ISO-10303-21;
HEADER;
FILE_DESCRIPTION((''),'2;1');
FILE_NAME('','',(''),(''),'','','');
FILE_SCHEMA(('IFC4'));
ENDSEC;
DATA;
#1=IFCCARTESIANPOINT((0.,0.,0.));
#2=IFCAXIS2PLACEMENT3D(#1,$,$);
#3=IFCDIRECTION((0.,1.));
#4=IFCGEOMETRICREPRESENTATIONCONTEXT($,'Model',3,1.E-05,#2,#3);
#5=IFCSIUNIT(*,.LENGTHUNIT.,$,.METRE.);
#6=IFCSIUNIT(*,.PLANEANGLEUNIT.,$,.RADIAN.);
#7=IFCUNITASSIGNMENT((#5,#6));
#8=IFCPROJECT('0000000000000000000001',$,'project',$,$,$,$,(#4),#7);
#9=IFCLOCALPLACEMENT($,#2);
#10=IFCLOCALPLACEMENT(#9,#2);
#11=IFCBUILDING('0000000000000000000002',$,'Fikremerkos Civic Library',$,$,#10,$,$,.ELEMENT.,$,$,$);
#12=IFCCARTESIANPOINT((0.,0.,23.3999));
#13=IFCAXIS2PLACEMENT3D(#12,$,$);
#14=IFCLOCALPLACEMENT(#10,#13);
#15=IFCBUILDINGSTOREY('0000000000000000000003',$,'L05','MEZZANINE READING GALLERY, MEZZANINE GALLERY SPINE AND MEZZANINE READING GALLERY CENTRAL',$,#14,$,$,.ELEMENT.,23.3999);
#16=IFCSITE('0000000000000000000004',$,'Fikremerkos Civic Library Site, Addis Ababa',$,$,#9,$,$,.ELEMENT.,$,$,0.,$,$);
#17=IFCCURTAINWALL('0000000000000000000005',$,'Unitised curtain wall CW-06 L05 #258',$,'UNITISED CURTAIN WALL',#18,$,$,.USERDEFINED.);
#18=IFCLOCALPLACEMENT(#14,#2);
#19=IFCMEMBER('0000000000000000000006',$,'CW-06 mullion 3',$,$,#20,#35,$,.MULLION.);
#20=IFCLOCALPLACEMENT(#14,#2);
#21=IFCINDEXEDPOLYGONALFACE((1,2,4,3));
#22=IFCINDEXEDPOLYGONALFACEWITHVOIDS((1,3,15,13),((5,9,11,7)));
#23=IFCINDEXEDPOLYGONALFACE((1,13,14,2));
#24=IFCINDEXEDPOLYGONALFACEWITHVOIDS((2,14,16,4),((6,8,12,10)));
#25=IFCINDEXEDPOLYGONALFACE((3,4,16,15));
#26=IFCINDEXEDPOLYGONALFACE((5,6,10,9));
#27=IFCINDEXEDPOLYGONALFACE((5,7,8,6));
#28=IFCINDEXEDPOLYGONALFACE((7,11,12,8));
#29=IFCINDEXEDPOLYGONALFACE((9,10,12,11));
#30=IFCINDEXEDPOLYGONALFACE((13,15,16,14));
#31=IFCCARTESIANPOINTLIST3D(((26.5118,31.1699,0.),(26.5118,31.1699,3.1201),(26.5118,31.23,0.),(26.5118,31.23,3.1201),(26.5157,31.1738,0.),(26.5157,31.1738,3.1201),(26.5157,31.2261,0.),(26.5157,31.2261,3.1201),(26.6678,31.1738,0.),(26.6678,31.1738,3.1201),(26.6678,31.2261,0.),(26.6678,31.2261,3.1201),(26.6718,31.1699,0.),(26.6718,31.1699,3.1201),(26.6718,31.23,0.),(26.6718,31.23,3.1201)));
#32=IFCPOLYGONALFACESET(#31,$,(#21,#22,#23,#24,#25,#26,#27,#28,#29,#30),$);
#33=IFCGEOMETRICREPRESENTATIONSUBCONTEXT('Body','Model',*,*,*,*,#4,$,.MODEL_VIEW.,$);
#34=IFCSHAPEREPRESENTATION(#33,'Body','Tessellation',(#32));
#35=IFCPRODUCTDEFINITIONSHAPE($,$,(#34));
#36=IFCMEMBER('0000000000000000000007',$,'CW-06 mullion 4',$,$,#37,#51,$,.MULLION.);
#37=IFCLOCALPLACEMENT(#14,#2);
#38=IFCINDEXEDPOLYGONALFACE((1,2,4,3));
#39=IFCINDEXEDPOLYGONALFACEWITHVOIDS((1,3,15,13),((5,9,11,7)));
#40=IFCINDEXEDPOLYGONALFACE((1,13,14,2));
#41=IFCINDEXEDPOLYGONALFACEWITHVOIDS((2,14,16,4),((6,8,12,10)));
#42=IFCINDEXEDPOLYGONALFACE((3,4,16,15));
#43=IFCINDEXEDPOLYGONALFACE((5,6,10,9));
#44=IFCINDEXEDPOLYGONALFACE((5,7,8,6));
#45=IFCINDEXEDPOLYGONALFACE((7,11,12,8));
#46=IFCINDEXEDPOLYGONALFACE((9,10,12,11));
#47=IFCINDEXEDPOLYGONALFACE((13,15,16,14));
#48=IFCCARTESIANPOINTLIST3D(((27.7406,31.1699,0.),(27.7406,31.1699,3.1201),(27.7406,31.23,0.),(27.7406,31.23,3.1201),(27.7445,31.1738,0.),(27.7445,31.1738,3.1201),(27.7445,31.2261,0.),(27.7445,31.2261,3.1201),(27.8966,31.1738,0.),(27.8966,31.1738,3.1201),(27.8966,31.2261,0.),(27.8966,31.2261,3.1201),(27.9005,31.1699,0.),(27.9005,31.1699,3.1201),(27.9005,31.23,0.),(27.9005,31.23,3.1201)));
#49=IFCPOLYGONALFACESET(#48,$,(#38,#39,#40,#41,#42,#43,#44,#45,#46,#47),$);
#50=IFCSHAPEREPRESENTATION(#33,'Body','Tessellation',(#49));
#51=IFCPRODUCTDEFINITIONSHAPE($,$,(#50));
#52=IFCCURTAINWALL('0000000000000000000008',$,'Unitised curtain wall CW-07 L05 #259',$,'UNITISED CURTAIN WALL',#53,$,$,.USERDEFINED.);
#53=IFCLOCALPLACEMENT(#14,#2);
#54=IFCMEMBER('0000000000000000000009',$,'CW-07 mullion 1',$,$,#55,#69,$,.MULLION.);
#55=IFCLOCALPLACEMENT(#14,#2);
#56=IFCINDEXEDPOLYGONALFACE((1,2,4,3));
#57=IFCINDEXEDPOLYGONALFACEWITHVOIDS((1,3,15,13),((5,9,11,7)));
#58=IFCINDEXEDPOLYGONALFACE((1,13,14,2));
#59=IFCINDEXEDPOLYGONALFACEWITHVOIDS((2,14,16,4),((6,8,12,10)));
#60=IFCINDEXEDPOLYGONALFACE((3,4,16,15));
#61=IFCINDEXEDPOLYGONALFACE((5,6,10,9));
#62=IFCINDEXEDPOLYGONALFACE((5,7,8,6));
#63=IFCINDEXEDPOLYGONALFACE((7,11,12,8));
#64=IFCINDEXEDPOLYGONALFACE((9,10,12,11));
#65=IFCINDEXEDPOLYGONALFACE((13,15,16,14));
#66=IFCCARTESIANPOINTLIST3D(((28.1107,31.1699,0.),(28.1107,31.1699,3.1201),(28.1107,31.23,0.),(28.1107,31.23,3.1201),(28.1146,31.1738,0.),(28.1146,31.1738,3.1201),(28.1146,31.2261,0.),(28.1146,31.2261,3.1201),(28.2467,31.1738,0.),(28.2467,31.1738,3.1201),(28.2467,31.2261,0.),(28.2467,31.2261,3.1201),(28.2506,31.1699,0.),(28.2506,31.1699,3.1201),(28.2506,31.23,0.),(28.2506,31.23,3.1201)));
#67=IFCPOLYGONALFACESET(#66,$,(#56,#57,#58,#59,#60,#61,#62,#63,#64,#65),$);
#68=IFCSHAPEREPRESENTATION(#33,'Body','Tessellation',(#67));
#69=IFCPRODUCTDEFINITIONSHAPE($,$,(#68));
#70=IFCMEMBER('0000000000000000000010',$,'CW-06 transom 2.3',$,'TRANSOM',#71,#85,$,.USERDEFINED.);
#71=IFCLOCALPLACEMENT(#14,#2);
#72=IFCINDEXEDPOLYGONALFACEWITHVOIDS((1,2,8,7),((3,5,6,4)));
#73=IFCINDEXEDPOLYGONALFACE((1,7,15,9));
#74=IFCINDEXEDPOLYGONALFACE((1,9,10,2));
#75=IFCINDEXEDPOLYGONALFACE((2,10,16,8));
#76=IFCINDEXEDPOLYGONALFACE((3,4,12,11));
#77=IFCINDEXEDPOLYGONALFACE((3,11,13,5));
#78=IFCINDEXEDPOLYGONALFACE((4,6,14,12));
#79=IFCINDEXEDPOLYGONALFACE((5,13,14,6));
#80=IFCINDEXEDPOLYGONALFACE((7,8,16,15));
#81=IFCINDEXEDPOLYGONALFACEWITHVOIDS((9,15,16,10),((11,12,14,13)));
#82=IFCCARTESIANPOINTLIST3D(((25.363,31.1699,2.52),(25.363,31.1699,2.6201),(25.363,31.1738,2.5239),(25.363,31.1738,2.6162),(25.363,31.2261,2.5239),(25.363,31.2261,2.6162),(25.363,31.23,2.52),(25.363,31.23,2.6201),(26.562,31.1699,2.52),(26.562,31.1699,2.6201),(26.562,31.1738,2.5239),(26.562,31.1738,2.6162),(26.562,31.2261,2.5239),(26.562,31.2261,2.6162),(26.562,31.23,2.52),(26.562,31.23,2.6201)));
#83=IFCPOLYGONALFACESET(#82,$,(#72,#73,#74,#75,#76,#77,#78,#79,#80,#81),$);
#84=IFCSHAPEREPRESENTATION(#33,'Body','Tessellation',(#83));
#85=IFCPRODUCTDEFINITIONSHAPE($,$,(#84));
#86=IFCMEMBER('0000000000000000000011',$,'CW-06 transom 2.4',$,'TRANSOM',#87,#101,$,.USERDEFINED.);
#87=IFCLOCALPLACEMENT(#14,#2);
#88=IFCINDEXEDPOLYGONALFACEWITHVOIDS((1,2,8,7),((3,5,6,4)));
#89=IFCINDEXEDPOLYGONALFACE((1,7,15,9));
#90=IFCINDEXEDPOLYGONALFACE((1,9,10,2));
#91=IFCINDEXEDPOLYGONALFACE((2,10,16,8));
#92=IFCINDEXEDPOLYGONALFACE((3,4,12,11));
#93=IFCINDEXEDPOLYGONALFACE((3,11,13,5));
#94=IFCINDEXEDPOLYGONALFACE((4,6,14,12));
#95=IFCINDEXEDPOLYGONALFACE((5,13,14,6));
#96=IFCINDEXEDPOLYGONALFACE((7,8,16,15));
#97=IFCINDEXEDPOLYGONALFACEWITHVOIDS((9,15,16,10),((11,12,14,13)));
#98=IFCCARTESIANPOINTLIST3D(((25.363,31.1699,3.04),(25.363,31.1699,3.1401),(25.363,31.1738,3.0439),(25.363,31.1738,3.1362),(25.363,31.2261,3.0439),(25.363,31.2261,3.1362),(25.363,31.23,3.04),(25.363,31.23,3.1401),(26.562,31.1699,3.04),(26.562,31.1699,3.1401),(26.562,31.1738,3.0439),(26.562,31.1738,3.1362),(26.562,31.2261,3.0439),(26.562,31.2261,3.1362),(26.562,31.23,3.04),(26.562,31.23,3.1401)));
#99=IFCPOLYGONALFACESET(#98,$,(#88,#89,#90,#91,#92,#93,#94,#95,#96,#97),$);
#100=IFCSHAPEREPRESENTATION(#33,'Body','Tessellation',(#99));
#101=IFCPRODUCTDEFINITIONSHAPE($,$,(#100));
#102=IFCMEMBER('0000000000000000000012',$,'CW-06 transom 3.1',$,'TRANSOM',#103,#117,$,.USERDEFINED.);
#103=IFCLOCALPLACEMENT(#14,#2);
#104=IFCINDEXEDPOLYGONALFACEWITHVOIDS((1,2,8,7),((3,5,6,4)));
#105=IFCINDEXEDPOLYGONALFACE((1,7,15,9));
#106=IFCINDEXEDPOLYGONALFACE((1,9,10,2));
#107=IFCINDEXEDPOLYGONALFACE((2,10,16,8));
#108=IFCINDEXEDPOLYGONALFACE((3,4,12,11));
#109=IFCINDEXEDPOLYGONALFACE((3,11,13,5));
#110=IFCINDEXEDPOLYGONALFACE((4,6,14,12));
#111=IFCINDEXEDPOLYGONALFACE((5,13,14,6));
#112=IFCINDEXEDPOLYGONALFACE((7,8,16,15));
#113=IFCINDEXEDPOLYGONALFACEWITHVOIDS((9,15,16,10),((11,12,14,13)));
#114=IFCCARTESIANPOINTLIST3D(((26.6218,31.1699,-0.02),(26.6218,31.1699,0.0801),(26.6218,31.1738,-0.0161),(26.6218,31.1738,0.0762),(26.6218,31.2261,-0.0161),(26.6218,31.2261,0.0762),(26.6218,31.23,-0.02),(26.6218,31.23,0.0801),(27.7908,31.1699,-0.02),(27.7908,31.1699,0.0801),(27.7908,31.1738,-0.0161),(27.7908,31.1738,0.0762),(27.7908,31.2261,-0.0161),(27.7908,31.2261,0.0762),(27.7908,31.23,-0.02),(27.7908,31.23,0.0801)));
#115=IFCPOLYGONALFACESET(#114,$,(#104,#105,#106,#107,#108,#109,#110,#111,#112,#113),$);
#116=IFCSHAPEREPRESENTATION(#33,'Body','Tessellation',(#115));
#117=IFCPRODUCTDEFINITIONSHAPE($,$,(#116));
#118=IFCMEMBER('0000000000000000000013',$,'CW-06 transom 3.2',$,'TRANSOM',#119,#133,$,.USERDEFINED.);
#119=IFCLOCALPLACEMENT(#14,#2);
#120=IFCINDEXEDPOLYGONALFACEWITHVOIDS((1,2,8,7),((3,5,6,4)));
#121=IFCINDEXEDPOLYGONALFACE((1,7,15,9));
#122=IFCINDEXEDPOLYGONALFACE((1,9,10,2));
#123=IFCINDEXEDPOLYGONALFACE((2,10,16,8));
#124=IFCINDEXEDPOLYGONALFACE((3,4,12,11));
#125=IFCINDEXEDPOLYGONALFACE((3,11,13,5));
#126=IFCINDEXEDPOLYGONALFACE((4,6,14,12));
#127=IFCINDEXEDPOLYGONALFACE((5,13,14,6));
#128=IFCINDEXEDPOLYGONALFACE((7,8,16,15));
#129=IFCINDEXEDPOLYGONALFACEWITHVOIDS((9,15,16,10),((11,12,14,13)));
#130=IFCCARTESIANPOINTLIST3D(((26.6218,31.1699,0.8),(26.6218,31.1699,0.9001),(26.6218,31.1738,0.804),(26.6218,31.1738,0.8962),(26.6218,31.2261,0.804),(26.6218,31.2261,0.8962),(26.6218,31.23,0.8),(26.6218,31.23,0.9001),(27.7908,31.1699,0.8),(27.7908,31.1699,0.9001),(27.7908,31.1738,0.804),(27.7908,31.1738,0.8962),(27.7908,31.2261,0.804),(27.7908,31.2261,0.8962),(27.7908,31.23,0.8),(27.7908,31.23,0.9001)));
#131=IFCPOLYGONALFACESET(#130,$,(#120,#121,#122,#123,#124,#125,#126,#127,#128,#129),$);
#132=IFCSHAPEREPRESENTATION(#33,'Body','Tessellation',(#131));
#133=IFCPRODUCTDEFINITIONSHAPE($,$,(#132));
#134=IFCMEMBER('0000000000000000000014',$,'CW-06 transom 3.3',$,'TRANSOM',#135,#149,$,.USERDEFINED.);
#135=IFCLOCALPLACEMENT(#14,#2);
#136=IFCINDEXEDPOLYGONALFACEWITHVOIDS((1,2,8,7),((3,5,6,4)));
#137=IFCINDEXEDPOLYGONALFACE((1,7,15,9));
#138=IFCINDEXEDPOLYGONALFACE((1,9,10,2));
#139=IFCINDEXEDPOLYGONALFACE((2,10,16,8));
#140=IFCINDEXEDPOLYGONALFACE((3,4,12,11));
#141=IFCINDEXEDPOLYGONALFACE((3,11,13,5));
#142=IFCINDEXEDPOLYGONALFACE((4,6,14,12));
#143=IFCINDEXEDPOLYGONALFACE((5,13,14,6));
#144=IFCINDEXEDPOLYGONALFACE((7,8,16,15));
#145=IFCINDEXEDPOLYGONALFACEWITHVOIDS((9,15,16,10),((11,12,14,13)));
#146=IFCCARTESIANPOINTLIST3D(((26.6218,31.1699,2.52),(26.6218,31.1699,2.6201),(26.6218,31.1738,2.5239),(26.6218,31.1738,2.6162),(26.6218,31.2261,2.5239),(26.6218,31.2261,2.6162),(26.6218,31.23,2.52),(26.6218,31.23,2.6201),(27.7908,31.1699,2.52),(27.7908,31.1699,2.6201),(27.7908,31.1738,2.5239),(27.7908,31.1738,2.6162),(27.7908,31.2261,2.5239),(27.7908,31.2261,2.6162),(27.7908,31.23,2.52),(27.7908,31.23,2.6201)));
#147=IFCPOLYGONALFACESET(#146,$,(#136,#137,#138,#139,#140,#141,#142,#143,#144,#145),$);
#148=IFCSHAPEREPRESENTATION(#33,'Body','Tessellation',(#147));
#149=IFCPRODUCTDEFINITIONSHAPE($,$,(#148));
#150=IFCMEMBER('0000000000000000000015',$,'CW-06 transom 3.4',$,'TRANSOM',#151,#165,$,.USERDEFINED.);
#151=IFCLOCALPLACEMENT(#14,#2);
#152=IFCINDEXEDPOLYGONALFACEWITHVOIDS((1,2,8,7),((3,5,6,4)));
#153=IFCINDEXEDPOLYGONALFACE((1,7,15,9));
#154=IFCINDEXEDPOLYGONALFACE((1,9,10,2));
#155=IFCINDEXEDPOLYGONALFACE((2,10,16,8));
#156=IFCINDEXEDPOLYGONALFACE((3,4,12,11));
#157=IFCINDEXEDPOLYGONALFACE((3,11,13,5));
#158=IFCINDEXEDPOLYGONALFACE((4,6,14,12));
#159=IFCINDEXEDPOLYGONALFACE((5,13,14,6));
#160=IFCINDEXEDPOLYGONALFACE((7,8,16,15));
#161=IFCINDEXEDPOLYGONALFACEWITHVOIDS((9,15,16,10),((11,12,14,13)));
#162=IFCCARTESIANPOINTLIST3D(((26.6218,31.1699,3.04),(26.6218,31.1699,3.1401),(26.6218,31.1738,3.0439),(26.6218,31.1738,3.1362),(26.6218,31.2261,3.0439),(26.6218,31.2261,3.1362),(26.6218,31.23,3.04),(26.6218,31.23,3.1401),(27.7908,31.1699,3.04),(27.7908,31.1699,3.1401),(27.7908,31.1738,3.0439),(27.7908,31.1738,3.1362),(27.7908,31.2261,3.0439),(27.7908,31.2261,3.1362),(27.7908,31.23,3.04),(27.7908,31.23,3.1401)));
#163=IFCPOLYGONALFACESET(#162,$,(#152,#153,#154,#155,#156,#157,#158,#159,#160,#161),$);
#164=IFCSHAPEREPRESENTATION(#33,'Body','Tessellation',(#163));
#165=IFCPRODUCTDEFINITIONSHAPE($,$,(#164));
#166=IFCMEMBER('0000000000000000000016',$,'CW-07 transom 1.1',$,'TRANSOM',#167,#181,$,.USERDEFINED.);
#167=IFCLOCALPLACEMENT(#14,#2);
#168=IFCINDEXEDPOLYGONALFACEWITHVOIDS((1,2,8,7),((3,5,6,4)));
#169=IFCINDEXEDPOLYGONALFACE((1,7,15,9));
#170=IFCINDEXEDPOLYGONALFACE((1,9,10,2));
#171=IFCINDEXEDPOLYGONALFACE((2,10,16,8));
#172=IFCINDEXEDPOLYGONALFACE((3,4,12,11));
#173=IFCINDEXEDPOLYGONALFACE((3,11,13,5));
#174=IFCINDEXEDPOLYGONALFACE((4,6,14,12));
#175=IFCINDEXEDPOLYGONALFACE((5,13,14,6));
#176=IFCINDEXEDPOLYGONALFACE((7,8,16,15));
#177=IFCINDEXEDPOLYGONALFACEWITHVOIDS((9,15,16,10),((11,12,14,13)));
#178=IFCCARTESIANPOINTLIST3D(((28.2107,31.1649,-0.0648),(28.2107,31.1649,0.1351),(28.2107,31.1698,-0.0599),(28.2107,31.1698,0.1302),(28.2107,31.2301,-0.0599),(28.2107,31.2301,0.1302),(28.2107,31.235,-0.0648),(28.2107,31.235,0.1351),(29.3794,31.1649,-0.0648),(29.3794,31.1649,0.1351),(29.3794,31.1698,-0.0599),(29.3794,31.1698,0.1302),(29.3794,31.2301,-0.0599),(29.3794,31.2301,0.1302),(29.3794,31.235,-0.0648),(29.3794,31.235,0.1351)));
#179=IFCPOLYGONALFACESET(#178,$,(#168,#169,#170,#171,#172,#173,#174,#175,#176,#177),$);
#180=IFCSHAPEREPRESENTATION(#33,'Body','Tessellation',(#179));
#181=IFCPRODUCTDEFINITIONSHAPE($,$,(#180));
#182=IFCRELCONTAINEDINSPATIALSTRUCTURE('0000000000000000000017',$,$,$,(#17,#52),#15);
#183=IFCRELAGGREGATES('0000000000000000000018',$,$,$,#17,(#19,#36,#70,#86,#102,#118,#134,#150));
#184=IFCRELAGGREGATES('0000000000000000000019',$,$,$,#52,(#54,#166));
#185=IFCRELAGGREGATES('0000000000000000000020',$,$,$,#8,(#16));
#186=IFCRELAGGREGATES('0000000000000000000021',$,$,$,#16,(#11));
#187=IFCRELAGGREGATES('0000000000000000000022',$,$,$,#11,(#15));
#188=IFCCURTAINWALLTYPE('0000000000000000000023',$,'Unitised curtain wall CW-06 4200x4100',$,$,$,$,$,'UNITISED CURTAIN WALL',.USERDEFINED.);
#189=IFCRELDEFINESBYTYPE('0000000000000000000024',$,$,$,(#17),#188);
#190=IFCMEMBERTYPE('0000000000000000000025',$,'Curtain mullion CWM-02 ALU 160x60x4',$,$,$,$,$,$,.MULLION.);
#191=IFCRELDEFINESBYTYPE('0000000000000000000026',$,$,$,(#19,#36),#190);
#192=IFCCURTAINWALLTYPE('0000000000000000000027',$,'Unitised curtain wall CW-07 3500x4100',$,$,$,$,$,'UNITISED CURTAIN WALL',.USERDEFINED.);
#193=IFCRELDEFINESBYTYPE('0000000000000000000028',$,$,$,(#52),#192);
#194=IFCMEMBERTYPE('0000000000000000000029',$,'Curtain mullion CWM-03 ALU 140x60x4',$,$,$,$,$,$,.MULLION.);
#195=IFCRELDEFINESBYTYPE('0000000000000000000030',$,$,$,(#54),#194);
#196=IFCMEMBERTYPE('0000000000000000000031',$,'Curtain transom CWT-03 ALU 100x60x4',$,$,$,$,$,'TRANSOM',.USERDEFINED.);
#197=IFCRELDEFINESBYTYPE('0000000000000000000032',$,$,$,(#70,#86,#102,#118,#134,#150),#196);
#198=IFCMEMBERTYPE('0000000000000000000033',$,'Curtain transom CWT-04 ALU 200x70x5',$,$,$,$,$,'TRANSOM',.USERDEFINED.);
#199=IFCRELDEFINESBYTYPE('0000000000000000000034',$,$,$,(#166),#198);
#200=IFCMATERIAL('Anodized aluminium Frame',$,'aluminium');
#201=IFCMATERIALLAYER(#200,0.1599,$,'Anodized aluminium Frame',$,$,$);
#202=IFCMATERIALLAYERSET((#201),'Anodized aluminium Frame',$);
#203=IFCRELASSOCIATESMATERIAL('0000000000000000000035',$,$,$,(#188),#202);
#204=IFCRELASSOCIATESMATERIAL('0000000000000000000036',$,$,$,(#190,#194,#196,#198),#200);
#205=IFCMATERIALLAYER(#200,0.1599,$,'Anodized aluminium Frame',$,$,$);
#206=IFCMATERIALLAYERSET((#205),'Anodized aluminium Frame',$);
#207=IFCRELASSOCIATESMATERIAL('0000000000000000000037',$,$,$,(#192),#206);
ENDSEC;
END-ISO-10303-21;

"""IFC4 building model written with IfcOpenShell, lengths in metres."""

from ifc_helpers import new_model, si_unit, direction, frame, origin, origin_2d, place, context, subcontext, project, spatial, hollow_rectangle, extrude, material, layer, layer_set, material_profile, profile_set, type_object, element, aggregate, save


model = new_model("IFC4")

# Units and contexts
model_context = context("Model", 3, precision=1e-05, world=origin(), true_north=direction((0.0, 1.0)))
body_context = subcontext(model_context, "Body", "Model", "MODEL_VIEW")
ifc_project = project(units=[si_unit("LENGTHUNIT", "METRE"), si_unit("PLANEANGLEUNIT", "RADIAN")], contexts=[model_context])

# Site, building, storey
site_placement = place(None, origin())
site = spatial("IfcSite", under=ifc_project, at=site_placement, Name="Fikremerkos Civic Library Site, Addis Ababa", CompositionType="ELEMENT", RefElevation=0.0)
building_placement = place(site_placement, origin())
building = spatial("IfcBuilding", under=site, at=building_placement, Name="Fikremerkos Civic Library", CompositionType="ELEMENT")
storey_placement = place(building_placement, frame((0.0, 0.0, 23.3999)))
storey = spatial("IfcBuildingStorey", under=building, at=storey_placement, Name="L05", Description="MEZZANINE READING GALLERY, MEZZANINE GALLERY SPINE AND MEZZANINE READING GALLERY CENTRAL", CompositionType="ELEMENT", Elevation=23.3999)

# Curtain wall, members
ifc_material_1 = material(Name="Anodized aluminium Frame", Category="aluminium")
ifc_layer_1 = layer(ifc_material_1, 0.1599, Name="Anodized aluminium Frame")
ifc_layer_set_1 = layer_set([ifc_layer_1], Name="Anodized aluminium Frame")
curtain_wall_type_1 = type_object("IfcCurtainWallType", Name="Unitised curtain wall CW-06 4200x4100", ElementType="UNITISED CURTAIN WALL", PredefinedType="USERDEFINED", material=ifc_layer_set_1)
curtain_wall_1_placement = place(storey_placement, origin())
curtain_wall_1 = element("IfcCurtainWall", 1, at=curtain_wall_1_placement, inside=storey, type_object=curtain_wall_type_1, Name="Unitised curtain wall CW-06 L05 #258", ObjectType="UNITISED CURTAIN WALL", PredefinedType="USERDEFINED")
ifc_material_profile_1 = material_profile(ifc_material_1, hollow_rectangle(XDim=0.0601, YDim=0.1599, WallThickness=0.0039, at=origin_2d()), Name="ALU 160x60x4")
ifc_profile_set_1 = profile_set([ifc_material_profile_1], Name="Anodized aluminium Frame")
member_type_1 = type_object("IfcMemberType", Name="Curtain mullion CWM-02 ALU 160x60x4", PredefinedType="MULLION", material=ifc_profile_set_1)
member_1_placement = place(storey_placement, frame((26.5918, 31.2, 0.0), z_axis=(0.0, 0.0, 1.0), x_axis=(0.0, 1.0, 0.0)))
member_1 = element("IfcMember", 2, at=member_1_placement, type_object=member_type_1, Name="CW-06 mullion 3", PredefinedType="MULLION", context=body_context, shape_type="SweptSolid", body=[
    extrude(hollow_rectangle(XDim=0.0601, YDim=0.1599, WallThickness=0.0039, at=origin_2d()), origin(), (0.0, 0.0, 1.0), 3.1201),
])
member_2_placement = place(storey_placement, frame((27.8206, 31.2, 0.0), z_axis=(0.0, 0.0, 1.0), x_axis=(0.0, 1.0, 0.0)))
member_2 = element("IfcMember", 3, at=member_2_placement, type_object=member_type_1, Name="CW-06 mullion 4", PredefinedType="MULLION", context=body_context, shape_type="SweptSolid", body=[
    extrude(hollow_rectangle(XDim=0.0601, YDim=0.1599, WallThickness=0.0039, at=origin_2d()), origin(), (0.0, 0.0, 1.0), 3.1201),
])

# Curtain wall, member
ifc_layer_2 = layer(ifc_material_1, 0.1599, Name="Anodized aluminium Frame")
ifc_layer_set_2 = layer_set([ifc_layer_2], Name="Anodized aluminium Frame")
curtain_wall_type_2 = type_object("IfcCurtainWallType", Name="Unitised curtain wall CW-07 3500x4100", ElementType="UNITISED CURTAIN WALL", PredefinedType="USERDEFINED", material=ifc_layer_set_2)
curtain_wall_2_placement = place(storey_placement, origin())
curtain_wall_2 = element("IfcCurtainWall", 4, at=curtain_wall_2_placement, inside=storey, type_object=curtain_wall_type_2, Name="Unitised curtain wall CW-07 L05 #259", ObjectType="UNITISED CURTAIN WALL", PredefinedType="USERDEFINED")
ifc_material_profile_2 = material_profile(ifc_material_1, hollow_rectangle(XDim=0.0601, YDim=0.1399, WallThickness=0.0039, at=origin_2d()), Name="ALU 140x60x4")
ifc_profile_set_2 = profile_set([ifc_material_profile_2], Name="Anodized aluminium Frame")
member_type_2 = type_object("IfcMemberType", Name="Curtain mullion CWM-03 ALU 140x60x4", PredefinedType="MULLION", material=ifc_profile_set_2)
member_3_placement = place(storey_placement, frame((28.1807, 31.2, 0.0), z_axis=(0.0, 0.0, 1.0), x_axis=(0.0, 1.0, 0.0)))
member_3 = element("IfcMember", 5, at=member_3_placement, type_object=member_type_2, Name="CW-07 mullion 1", PredefinedType="MULLION", context=body_context, shape_type="SweptSolid", body=[
    extrude(hollow_rectangle(XDim=0.0601, YDim=0.1399, WallThickness=0.0039, at=origin_2d()), origin(), (0.0, 0.0, 1.0), 3.1201),
])

# Members
ifc_material_profile_3 = material_profile(ifc_material_1, hollow_rectangle(XDim=0.0601, YDim=0.1001, WallThickness=0.0039, at=origin_2d()), Name="ALU 100x60x4")
ifc_profile_set_3 = profile_set([ifc_material_profile_3], Name="Anodized aluminium Frame")
member_type_3 = type_object("IfcMemberType", Name="Curtain transom CWT-03 ALU 100x60x4", ElementType="TRANSOM", PredefinedType="USERDEFINED", material=ifc_profile_set_3)
member_4_placement = place(storey_placement, frame((25.363, 31.2, 2.5701), z_axis=(1.0, 0.0, 0.0), x_axis=(0.0, 1.0, 0.0)))
member_4 = element("IfcMember", 6, at=member_4_placement, type_object=member_type_3, Name="CW-06 transom 2.3", ObjectType="TRANSOM", PredefinedType="USERDEFINED", context=body_context, shape_type="SweptSolid", body=[
    extrude(hollow_rectangle(XDim=0.0601, YDim=0.1001, WallThickness=0.0039, at=origin_2d()), origin(), (0.0, 0.0, 1.0), 1.199),
])
member_5_placement = place(storey_placement, frame((25.363, 31.2, 3.0901), z_axis=(1.0, 0.0, 0.0), x_axis=(0.0, 1.0, 0.0)))
member_5 = element("IfcMember", 7, at=member_5_placement, type_object=member_type_3, Name="CW-06 transom 2.4", ObjectType="TRANSOM", PredefinedType="USERDEFINED", context=body_context, shape_type="SweptSolid", body=[
    extrude(hollow_rectangle(XDim=0.0601, YDim=0.1001, WallThickness=0.0039, at=origin_2d()), origin(), (0.0, 0.0, 1.0), 1.199),
])
member_6_placement = place(storey_placement, frame((26.6218, 31.2, 0.03), z_axis=(1.0, 0.0, 0.0), x_axis=(0.0, 1.0, 0.0)))
member_6 = element("IfcMember", 8, at=member_6_placement, type_object=member_type_3, Name="CW-06 transom 3.1", ObjectType="TRANSOM", PredefinedType="USERDEFINED", context=body_context, shape_type="SweptSolid", body=[
    extrude(hollow_rectangle(XDim=0.0601, YDim=0.1001, WallThickness=0.0039, at=origin_2d()), origin(), (0.0, 0.0, 1.0), 1.1689),
])
member_7_placement = place(storey_placement, frame((26.6218, 31.2, 0.8501), z_axis=(1.0, 0.0, 0.0), x_axis=(0.0, 1.0, 0.0)))
member_7 = element("IfcMember", 9, at=member_7_placement, type_object=member_type_3, Name="CW-06 transom 3.2", ObjectType="TRANSOM", PredefinedType="USERDEFINED", context=body_context, shape_type="SweptSolid", body=[
    extrude(hollow_rectangle(XDim=0.0601, YDim=0.1001, WallThickness=0.0039, at=origin_2d()), origin(), (0.0, 0.0, 1.0), 1.1689),
])
member_8_placement = place(storey_placement, frame((26.6218, 31.2, 2.5701), z_axis=(1.0, 0.0, 0.0), x_axis=(0.0, 1.0, 0.0)))
member_8 = element("IfcMember", 10, at=member_8_placement, type_object=member_type_3, Name="CW-06 transom 3.3", ObjectType="TRANSOM", PredefinedType="USERDEFINED", context=body_context, shape_type="SweptSolid", body=[
    extrude(hollow_rectangle(XDim=0.0601, YDim=0.1001, WallThickness=0.0039, at=origin_2d()), origin(), (0.0, 0.0, 1.0), 1.1689),
])
member_9_placement = place(storey_placement, frame((26.6218, 31.2, 3.0901), z_axis=(1.0, 0.0, 0.0), x_axis=(0.0, 1.0, 0.0)))
member_9 = element("IfcMember", 11, at=member_9_placement, type_object=member_type_3, Name="CW-06 transom 3.4", ObjectType="TRANSOM", PredefinedType="USERDEFINED", context=body_context, shape_type="SweptSolid", body=[
    extrude(hollow_rectangle(XDim=0.0601, YDim=0.1001, WallThickness=0.0039, at=origin_2d()), origin(), (0.0, 0.0, 1.0), 1.1689),
])
ifc_material_profile_4 = material_profile(ifc_material_1, hollow_rectangle(XDim=0.0701, YDim=0.2, WallThickness=0.0049, at=origin_2d()), Name="ALU 200x70x5")
ifc_profile_set_4 = profile_set([ifc_material_profile_4], Name="Anodized aluminium Frame")
member_type_4 = type_object("IfcMemberType", Name="Curtain transom CWT-04 ALU 200x70x5", ElementType="TRANSOM", PredefinedType="USERDEFINED", material=ifc_profile_set_4)
member_10_placement = place(storey_placement, frame((28.2107, 31.2, 0.0352), z_axis=(1.0, 0.0, 0.0), x_axis=(0.0, 1.0, 0.0)))
member_10 = element("IfcMember", 12, at=member_10_placement, type_object=member_type_4, Name="CW-07 transom 1.1", ObjectType="TRANSOM", PredefinedType="USERDEFINED", context=body_context, shape_type="SweptSolid", body=[
    extrude(hollow_rectangle(XDim=0.0701, YDim=0.2, WallThickness=0.0049, at=origin_2d()), origin(), (0.0, 0.0, 1.0), 1.1687),
])

aggregate(curtain_wall_1, [member_1, member_2, member_4, member_5, member_6, member_7, member_8, member_9])
aggregate(curtain_wall_2, [member_3, member_10])

save(model, "model.ifc")
